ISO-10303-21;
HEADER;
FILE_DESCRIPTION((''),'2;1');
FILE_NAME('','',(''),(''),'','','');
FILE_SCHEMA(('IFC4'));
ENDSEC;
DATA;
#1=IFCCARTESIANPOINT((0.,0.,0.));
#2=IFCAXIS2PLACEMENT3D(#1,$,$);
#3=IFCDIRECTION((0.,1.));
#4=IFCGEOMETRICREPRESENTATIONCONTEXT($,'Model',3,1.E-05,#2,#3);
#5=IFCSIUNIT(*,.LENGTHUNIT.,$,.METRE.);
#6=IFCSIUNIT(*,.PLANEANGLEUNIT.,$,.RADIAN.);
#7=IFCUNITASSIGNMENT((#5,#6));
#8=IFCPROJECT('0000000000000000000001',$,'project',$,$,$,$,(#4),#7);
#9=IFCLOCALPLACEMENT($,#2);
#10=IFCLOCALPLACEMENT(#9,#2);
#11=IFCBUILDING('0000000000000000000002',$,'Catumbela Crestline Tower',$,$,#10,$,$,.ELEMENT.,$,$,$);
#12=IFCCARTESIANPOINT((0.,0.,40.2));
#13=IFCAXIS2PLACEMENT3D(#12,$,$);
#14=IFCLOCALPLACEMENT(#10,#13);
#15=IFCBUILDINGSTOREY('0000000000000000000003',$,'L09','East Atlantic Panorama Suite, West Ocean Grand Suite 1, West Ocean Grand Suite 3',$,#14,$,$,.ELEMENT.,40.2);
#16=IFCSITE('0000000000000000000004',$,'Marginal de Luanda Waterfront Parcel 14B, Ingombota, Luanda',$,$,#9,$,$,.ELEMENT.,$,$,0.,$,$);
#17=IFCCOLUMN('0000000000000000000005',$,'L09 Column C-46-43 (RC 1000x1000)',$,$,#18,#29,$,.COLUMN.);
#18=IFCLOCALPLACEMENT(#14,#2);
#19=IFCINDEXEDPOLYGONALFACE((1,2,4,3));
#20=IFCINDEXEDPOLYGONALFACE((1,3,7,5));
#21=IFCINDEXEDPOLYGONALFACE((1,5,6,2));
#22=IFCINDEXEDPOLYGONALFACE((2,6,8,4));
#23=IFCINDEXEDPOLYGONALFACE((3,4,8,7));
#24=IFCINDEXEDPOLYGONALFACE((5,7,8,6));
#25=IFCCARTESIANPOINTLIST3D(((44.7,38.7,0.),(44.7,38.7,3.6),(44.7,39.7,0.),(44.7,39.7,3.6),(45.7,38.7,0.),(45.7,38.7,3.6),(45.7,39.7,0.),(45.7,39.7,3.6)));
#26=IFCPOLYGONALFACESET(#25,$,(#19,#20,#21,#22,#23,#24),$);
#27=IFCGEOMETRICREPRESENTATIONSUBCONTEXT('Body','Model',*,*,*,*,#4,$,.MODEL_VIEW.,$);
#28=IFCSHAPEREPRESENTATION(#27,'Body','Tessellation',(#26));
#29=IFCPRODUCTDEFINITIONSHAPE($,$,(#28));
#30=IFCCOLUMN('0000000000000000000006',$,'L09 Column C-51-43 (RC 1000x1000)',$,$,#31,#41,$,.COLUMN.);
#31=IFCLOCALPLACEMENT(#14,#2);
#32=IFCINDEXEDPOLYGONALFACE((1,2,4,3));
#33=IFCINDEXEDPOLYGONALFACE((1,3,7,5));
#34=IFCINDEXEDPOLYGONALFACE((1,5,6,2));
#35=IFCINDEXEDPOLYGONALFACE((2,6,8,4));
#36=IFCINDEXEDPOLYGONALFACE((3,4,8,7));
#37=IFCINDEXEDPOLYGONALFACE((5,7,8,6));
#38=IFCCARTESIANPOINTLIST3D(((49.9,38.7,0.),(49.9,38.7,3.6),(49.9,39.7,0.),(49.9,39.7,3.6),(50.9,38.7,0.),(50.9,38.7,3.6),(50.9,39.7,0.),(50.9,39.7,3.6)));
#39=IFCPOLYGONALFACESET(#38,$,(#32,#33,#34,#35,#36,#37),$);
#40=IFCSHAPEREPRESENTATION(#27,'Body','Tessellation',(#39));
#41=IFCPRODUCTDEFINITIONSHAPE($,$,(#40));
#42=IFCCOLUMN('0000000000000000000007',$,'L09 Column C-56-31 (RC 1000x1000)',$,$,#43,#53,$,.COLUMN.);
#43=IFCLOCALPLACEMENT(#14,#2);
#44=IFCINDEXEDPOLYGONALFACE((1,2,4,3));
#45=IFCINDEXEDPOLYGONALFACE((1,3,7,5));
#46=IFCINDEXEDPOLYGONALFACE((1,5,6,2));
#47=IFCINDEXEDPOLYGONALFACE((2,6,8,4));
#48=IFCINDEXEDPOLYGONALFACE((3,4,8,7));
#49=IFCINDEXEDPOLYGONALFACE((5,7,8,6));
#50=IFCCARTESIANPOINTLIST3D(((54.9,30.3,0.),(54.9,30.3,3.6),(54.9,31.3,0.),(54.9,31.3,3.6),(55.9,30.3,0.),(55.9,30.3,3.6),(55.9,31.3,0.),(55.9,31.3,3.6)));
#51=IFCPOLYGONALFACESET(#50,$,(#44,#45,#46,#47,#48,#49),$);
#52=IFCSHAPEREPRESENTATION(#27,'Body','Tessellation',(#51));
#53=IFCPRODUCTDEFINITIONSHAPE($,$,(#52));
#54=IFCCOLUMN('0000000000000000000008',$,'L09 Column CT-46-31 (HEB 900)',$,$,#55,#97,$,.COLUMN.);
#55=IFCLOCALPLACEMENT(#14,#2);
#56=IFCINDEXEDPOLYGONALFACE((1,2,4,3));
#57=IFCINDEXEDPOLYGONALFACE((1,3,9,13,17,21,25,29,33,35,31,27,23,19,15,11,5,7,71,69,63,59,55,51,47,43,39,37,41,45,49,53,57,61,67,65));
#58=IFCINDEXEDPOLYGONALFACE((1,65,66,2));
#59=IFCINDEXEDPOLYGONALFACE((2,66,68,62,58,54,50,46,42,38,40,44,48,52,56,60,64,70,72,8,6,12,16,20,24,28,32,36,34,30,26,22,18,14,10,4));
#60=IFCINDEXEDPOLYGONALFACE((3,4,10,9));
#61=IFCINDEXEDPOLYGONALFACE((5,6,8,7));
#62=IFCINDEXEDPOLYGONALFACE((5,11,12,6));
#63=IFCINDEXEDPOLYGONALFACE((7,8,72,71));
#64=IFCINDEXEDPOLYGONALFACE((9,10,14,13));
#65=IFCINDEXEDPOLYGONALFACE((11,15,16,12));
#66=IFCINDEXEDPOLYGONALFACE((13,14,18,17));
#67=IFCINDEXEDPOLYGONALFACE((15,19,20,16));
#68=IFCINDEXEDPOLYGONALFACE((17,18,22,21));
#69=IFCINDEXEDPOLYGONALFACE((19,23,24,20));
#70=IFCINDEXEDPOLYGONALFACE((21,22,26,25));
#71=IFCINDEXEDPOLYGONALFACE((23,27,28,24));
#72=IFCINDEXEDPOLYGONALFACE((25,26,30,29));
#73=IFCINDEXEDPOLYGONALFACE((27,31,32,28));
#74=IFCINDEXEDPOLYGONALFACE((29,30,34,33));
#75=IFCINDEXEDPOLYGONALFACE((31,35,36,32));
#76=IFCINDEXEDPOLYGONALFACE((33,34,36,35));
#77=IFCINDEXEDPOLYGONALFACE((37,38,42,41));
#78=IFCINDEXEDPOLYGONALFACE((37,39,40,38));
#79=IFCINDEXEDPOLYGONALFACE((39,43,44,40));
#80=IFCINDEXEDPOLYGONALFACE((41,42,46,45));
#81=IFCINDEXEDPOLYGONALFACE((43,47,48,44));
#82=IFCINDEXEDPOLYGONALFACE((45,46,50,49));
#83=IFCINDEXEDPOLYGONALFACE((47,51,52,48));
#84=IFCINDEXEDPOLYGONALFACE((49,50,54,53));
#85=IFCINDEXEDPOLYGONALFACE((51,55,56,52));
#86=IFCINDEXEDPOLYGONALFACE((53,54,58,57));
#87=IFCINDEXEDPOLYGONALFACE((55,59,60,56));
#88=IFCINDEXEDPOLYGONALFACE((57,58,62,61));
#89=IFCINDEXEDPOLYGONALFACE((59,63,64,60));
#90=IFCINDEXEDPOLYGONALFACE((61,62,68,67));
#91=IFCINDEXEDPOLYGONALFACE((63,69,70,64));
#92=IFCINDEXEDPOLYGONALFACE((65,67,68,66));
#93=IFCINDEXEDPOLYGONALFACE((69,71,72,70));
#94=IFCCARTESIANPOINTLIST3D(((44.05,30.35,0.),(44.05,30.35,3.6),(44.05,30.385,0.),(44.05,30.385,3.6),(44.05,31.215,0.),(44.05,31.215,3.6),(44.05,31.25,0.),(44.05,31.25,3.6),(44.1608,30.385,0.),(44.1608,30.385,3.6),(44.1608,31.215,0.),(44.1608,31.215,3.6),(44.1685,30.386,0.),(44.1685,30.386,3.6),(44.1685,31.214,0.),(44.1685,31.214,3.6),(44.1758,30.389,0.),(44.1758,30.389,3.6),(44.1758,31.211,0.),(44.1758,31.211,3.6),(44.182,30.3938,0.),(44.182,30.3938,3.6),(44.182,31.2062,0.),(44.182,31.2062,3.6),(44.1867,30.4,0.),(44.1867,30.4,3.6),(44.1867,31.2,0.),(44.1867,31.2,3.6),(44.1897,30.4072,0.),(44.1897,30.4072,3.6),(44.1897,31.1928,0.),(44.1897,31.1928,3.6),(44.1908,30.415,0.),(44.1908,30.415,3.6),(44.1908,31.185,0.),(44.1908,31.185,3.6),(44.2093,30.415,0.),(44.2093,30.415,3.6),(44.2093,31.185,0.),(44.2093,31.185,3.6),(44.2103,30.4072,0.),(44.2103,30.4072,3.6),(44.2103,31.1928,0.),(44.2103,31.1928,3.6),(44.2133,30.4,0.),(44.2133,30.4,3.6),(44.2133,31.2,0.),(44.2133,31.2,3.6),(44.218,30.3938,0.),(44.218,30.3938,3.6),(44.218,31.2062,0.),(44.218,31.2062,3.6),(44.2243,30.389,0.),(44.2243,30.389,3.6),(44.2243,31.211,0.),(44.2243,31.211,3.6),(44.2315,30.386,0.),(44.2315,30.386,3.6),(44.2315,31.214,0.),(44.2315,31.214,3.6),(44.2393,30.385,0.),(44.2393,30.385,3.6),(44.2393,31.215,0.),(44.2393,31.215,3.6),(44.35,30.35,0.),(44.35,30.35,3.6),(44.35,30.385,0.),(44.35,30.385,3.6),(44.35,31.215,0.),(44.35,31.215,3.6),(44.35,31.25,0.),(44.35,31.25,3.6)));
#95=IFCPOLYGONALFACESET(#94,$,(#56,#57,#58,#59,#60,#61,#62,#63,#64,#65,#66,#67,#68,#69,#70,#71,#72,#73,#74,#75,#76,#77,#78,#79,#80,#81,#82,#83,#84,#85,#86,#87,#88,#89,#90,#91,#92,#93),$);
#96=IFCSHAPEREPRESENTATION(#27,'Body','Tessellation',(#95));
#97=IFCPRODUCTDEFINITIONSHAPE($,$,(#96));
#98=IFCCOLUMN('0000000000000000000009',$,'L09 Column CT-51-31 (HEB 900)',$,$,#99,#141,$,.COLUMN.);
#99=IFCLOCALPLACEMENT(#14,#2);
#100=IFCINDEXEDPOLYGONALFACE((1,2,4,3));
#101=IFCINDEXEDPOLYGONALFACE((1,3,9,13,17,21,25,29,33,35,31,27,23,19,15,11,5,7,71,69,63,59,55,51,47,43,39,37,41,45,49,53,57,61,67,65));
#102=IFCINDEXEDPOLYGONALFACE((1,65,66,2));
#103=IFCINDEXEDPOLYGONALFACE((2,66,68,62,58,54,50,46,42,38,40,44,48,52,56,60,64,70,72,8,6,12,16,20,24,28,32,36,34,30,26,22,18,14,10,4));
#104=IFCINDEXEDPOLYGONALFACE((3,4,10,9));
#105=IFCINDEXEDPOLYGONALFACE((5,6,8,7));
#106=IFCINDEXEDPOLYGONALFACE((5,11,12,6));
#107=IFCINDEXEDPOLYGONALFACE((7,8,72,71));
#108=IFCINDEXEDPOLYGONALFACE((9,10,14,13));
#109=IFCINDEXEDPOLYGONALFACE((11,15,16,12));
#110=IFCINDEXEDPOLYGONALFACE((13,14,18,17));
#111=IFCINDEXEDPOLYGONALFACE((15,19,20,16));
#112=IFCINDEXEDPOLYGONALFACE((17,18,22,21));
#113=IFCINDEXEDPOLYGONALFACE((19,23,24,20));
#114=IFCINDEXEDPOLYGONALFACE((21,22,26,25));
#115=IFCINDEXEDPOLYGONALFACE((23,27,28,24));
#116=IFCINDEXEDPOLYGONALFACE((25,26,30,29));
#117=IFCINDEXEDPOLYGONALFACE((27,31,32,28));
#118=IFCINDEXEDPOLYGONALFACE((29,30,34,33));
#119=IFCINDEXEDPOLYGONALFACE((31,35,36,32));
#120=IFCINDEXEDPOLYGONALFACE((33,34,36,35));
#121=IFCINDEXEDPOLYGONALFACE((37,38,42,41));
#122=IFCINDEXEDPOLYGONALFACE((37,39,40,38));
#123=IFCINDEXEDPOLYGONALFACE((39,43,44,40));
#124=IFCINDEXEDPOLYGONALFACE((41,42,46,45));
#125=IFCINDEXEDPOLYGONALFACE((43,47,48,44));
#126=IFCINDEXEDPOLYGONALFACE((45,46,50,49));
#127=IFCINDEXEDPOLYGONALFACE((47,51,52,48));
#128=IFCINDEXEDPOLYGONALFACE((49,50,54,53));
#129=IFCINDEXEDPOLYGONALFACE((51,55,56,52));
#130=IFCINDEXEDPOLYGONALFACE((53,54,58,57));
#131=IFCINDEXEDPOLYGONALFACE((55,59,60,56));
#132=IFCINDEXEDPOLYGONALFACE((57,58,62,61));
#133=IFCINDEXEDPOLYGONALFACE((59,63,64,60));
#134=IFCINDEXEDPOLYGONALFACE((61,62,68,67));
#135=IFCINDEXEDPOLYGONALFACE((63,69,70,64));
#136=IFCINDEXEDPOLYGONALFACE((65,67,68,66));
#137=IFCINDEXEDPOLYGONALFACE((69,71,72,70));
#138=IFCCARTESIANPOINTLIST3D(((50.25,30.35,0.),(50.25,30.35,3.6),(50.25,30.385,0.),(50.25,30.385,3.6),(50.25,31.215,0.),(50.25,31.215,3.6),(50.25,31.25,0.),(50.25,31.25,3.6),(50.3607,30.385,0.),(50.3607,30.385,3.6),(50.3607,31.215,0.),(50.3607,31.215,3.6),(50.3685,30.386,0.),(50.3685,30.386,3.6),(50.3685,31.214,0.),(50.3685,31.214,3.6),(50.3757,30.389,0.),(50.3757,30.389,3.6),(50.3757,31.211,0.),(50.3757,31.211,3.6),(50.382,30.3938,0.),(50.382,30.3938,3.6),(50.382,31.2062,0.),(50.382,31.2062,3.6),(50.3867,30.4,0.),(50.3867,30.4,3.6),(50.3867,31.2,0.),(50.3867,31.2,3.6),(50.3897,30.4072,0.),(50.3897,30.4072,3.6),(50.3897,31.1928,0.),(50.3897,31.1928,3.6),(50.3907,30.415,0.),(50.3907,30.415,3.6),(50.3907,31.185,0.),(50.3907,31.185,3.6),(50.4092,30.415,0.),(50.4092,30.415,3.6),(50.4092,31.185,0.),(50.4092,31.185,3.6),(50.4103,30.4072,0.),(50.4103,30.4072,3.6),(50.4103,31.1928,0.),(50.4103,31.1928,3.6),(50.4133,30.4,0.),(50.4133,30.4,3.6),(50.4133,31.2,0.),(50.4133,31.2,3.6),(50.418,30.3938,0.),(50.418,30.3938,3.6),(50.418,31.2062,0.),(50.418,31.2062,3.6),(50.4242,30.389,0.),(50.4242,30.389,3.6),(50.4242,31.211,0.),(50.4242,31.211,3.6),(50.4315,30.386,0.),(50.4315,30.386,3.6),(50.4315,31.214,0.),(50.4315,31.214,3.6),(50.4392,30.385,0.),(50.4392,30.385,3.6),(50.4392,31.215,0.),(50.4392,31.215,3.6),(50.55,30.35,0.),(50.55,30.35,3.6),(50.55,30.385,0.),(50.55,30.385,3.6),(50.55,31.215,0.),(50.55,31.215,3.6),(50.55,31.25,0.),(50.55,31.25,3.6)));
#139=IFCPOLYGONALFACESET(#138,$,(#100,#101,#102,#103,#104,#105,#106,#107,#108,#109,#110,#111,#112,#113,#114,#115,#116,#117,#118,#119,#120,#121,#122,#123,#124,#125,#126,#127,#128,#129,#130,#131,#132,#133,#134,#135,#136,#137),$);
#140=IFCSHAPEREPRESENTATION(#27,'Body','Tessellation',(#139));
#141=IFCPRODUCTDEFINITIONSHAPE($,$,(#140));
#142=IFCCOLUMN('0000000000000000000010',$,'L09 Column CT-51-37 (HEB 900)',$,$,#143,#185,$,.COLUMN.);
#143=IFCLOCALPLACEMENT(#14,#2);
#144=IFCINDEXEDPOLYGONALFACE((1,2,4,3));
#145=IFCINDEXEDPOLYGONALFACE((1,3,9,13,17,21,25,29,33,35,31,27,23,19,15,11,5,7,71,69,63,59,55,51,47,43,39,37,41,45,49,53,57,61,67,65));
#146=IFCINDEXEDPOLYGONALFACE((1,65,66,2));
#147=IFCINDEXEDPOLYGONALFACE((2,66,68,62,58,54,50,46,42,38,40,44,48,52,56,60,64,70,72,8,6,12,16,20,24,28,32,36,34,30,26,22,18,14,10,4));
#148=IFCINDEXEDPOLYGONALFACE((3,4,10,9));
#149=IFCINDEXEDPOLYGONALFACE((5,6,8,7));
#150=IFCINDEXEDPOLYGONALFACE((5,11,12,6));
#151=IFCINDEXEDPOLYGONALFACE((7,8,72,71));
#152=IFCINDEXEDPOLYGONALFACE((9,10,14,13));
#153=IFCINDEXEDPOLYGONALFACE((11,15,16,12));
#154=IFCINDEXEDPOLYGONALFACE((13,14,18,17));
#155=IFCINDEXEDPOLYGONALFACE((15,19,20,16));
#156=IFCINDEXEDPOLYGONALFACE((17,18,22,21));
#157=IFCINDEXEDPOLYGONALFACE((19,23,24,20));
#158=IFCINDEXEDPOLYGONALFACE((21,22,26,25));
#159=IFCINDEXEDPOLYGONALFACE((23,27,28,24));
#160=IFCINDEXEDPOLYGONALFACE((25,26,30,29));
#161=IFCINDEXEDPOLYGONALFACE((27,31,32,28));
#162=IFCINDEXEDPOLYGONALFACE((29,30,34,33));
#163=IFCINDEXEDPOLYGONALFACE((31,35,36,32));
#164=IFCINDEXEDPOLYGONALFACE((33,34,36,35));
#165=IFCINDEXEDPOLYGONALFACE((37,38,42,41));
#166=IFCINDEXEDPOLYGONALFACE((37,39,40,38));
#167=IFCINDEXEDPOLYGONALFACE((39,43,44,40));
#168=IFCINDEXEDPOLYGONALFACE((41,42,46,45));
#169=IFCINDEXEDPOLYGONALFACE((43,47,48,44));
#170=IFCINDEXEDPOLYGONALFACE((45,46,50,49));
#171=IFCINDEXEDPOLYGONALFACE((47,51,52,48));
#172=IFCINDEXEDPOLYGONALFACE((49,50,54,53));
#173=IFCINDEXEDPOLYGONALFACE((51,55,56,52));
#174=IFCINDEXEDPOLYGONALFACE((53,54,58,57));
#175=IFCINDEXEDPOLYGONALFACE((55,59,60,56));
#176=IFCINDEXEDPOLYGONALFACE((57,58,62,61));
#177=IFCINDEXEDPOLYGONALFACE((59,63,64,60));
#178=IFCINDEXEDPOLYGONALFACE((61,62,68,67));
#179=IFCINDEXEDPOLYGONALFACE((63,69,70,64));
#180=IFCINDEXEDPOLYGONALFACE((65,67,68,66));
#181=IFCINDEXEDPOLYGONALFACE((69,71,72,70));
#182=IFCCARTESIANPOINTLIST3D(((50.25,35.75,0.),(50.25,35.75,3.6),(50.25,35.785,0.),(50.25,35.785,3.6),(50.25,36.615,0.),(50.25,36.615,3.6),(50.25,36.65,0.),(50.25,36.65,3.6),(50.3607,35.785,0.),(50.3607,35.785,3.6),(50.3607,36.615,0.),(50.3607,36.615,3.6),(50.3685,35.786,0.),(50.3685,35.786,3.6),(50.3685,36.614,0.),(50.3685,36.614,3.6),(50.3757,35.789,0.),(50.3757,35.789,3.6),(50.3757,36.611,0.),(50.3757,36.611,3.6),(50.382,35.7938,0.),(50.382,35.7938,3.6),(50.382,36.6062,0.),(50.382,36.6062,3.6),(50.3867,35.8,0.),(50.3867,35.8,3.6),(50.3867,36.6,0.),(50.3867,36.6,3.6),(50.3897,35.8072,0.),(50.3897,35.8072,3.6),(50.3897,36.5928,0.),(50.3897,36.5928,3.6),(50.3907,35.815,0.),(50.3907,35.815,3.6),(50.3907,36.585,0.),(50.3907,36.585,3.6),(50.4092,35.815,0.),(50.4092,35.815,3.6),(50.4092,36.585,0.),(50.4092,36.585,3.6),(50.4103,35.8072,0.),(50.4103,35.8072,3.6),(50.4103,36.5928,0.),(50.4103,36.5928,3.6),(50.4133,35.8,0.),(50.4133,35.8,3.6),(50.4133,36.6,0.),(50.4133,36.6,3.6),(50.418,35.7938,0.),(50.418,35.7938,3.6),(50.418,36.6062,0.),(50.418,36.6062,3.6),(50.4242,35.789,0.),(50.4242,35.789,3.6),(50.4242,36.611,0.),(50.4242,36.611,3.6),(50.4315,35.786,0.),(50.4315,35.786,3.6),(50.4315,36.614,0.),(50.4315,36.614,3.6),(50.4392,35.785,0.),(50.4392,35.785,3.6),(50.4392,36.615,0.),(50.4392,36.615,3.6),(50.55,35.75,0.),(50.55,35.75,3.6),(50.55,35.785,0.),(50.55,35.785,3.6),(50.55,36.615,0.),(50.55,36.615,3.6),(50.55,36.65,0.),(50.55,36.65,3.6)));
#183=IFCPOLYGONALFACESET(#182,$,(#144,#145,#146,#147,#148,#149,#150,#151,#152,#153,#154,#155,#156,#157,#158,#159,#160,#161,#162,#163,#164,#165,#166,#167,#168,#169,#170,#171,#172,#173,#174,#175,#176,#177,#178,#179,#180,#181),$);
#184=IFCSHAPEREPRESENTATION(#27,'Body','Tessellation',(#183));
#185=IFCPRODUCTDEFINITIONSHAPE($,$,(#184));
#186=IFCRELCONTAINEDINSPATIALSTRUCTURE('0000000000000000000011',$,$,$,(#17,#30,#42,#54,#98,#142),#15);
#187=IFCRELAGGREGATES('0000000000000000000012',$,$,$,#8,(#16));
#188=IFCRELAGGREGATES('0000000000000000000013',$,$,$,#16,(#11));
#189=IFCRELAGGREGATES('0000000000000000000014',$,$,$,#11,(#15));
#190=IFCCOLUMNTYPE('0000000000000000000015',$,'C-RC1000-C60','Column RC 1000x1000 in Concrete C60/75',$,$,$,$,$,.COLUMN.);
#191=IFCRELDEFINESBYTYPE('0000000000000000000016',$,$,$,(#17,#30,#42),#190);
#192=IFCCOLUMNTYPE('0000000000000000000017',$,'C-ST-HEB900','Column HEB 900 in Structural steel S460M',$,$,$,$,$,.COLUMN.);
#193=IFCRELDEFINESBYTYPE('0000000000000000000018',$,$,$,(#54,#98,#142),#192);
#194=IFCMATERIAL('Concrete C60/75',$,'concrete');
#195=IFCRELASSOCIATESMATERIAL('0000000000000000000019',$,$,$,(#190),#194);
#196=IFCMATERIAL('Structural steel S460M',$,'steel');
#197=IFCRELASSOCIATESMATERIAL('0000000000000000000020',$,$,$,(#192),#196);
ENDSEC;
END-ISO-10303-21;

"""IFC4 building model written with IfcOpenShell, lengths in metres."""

from ifc_helpers import new_model, si_unit, direction, frame, origin, origin_2d, place, context, subcontext, project, spatial, rectangle, i_section, extrude, material, material_profile, profile_set, type_object, element, save


model = new_model("IFC4")

# Units and contexts
model_context = context("Model", 3, precision=1e-05, world=origin(), true_north=direction((0.0, 1.0)))
body_context = subcontext(model_context, "Body", "Model", "MODEL_VIEW")
ifc_project = project(units=[si_unit("LENGTHUNIT", "METRE"), si_unit("PLANEANGLEUNIT", "RADIAN")], contexts=[model_context])

# Site, building, storey
site_placement = place(None, origin())
site = spatial("IfcSite", under=ifc_project, at=site_placement, Name="Marginal de Luanda Waterfront Parcel 14B, Ingombota, Luanda", CompositionType="ELEMENT", RefElevation=0.0)
building_placement = place(site_placement, origin())
building = spatial("IfcBuilding", under=site, at=building_placement, Name="Catumbela Crestline Tower", CompositionType="ELEMENT")
storey_placement = place(building_placement, frame((0.0, 0.0, 40.2)))
storey = spatial("IfcBuildingStorey", under=building, at=storey_placement, Name="L09", Description="East Atlantic Panorama Suite, West Ocean Grand Suite 1, West Ocean Grand Suite 3", CompositionType="ELEMENT", Elevation=40.2)

# Columns
ifc_material_1 = material(Name="Concrete C60/75", Category="concrete")
ifc_material_profile_1 = material_profile(ifc_material_1, rectangle(XDim=1.0, YDim=1.0, at=origin_2d()), Name="RC 1000x1000")
ifc_profile_set_1 = profile_set([ifc_material_profile_1], Name="Concrete C60/75")
column_type_1 = type_object("IfcColumnType", Name="C-RC1000-C60", Description="Column RC 1000x1000 in Concrete C60/75", PredefinedType="COLUMN", material=ifc_profile_set_1)
for number, where, z_axis, x_axis, name in (
    (1, (45.2, 39.2, 0.0), (0.0, 0.0, 1.0), (1.0, 0.0, 0.0), "L09 Column C-46-43 (RC 1000x1000)"),
    (2, (50.4, 39.2, 0.0), (0.0, 0.0, 1.0), (1.0, 0.0, 0.0), "L09 Column C-51-43 (RC 1000x1000)"),
    (3, (55.4, 30.8, 0.0), (0.0, 0.0, 1.0), (1.0, 0.0, 0.0), "L09 Column C-56-31 (RC 1000x1000)"),
):
    element("IfcColumn", number, at=place(storey_placement, frame(where, z_axis=z_axis, x_axis=x_axis)), inside=storey, type_object=column_type_1, Name=name, PredefinedType="COLUMN", context=body_context, shape_type="SweptSolid", body=[
        extrude(rectangle(XDim=1.0, YDim=1.0, at=origin_2d()), origin(), (0.0, 0.0, 1.0), 3.6),
    ])
ifc_material_2 = material(Name="Structural steel S460M", Category="steel")
ifc_material_profile_2 = material_profile(ifc_material_2, i_section(OverallWidth=0.3, OverallDepth=0.9, WebThickness=0.0185, FlangeThickness=0.035, FilletRadius=0.03, at=origin_2d()), Name="HEB 900")
ifc_profile_set_2 = profile_set([ifc_material_profile_2], Name="Structural steel S460M")
column_type_2 = type_object("IfcColumnType", Name="C-ST-HEB900", Description="Column HEB 900 in Structural steel S460M", PredefinedType="COLUMN", material=ifc_profile_set_2)
for number, where, z_axis, x_axis, name in (
    (4, (44.2, 30.8, 0.0), (0.0, 0.0, 1.0), (1.0, 0.0, 0.0), "L09 Column CT-46-31 (HEB 900)"),
    (5, (50.4, 30.8, 0.0), (0.0, 0.0, 1.0), (1.0, 0.0, 0.0), "L09 Column CT-51-31 (HEB 900)"),
    (6, (50.4, 36.2, 0.0), (0.0, 0.0, 1.0), (1.0, 0.0, 0.0), "L09 Column CT-51-37 (HEB 900)"),
):
    element("IfcColumn", number, at=place(storey_placement, frame(where, z_axis=z_axis, x_axis=x_axis)), inside=storey, type_object=column_type_2, Name=name, PredefinedType="COLUMN", context=body_context, shape_type="SweptSolid", body=[
        extrude(i_section(OverallWidth=0.3, OverallDepth=0.9, WebThickness=0.0185, FlangeThickness=0.035, FilletRadius=0.03, at=origin_2d()), origin(), (0.0, 0.0, 1.0), 3.6),
    ])

save(model, "model.ifc")
